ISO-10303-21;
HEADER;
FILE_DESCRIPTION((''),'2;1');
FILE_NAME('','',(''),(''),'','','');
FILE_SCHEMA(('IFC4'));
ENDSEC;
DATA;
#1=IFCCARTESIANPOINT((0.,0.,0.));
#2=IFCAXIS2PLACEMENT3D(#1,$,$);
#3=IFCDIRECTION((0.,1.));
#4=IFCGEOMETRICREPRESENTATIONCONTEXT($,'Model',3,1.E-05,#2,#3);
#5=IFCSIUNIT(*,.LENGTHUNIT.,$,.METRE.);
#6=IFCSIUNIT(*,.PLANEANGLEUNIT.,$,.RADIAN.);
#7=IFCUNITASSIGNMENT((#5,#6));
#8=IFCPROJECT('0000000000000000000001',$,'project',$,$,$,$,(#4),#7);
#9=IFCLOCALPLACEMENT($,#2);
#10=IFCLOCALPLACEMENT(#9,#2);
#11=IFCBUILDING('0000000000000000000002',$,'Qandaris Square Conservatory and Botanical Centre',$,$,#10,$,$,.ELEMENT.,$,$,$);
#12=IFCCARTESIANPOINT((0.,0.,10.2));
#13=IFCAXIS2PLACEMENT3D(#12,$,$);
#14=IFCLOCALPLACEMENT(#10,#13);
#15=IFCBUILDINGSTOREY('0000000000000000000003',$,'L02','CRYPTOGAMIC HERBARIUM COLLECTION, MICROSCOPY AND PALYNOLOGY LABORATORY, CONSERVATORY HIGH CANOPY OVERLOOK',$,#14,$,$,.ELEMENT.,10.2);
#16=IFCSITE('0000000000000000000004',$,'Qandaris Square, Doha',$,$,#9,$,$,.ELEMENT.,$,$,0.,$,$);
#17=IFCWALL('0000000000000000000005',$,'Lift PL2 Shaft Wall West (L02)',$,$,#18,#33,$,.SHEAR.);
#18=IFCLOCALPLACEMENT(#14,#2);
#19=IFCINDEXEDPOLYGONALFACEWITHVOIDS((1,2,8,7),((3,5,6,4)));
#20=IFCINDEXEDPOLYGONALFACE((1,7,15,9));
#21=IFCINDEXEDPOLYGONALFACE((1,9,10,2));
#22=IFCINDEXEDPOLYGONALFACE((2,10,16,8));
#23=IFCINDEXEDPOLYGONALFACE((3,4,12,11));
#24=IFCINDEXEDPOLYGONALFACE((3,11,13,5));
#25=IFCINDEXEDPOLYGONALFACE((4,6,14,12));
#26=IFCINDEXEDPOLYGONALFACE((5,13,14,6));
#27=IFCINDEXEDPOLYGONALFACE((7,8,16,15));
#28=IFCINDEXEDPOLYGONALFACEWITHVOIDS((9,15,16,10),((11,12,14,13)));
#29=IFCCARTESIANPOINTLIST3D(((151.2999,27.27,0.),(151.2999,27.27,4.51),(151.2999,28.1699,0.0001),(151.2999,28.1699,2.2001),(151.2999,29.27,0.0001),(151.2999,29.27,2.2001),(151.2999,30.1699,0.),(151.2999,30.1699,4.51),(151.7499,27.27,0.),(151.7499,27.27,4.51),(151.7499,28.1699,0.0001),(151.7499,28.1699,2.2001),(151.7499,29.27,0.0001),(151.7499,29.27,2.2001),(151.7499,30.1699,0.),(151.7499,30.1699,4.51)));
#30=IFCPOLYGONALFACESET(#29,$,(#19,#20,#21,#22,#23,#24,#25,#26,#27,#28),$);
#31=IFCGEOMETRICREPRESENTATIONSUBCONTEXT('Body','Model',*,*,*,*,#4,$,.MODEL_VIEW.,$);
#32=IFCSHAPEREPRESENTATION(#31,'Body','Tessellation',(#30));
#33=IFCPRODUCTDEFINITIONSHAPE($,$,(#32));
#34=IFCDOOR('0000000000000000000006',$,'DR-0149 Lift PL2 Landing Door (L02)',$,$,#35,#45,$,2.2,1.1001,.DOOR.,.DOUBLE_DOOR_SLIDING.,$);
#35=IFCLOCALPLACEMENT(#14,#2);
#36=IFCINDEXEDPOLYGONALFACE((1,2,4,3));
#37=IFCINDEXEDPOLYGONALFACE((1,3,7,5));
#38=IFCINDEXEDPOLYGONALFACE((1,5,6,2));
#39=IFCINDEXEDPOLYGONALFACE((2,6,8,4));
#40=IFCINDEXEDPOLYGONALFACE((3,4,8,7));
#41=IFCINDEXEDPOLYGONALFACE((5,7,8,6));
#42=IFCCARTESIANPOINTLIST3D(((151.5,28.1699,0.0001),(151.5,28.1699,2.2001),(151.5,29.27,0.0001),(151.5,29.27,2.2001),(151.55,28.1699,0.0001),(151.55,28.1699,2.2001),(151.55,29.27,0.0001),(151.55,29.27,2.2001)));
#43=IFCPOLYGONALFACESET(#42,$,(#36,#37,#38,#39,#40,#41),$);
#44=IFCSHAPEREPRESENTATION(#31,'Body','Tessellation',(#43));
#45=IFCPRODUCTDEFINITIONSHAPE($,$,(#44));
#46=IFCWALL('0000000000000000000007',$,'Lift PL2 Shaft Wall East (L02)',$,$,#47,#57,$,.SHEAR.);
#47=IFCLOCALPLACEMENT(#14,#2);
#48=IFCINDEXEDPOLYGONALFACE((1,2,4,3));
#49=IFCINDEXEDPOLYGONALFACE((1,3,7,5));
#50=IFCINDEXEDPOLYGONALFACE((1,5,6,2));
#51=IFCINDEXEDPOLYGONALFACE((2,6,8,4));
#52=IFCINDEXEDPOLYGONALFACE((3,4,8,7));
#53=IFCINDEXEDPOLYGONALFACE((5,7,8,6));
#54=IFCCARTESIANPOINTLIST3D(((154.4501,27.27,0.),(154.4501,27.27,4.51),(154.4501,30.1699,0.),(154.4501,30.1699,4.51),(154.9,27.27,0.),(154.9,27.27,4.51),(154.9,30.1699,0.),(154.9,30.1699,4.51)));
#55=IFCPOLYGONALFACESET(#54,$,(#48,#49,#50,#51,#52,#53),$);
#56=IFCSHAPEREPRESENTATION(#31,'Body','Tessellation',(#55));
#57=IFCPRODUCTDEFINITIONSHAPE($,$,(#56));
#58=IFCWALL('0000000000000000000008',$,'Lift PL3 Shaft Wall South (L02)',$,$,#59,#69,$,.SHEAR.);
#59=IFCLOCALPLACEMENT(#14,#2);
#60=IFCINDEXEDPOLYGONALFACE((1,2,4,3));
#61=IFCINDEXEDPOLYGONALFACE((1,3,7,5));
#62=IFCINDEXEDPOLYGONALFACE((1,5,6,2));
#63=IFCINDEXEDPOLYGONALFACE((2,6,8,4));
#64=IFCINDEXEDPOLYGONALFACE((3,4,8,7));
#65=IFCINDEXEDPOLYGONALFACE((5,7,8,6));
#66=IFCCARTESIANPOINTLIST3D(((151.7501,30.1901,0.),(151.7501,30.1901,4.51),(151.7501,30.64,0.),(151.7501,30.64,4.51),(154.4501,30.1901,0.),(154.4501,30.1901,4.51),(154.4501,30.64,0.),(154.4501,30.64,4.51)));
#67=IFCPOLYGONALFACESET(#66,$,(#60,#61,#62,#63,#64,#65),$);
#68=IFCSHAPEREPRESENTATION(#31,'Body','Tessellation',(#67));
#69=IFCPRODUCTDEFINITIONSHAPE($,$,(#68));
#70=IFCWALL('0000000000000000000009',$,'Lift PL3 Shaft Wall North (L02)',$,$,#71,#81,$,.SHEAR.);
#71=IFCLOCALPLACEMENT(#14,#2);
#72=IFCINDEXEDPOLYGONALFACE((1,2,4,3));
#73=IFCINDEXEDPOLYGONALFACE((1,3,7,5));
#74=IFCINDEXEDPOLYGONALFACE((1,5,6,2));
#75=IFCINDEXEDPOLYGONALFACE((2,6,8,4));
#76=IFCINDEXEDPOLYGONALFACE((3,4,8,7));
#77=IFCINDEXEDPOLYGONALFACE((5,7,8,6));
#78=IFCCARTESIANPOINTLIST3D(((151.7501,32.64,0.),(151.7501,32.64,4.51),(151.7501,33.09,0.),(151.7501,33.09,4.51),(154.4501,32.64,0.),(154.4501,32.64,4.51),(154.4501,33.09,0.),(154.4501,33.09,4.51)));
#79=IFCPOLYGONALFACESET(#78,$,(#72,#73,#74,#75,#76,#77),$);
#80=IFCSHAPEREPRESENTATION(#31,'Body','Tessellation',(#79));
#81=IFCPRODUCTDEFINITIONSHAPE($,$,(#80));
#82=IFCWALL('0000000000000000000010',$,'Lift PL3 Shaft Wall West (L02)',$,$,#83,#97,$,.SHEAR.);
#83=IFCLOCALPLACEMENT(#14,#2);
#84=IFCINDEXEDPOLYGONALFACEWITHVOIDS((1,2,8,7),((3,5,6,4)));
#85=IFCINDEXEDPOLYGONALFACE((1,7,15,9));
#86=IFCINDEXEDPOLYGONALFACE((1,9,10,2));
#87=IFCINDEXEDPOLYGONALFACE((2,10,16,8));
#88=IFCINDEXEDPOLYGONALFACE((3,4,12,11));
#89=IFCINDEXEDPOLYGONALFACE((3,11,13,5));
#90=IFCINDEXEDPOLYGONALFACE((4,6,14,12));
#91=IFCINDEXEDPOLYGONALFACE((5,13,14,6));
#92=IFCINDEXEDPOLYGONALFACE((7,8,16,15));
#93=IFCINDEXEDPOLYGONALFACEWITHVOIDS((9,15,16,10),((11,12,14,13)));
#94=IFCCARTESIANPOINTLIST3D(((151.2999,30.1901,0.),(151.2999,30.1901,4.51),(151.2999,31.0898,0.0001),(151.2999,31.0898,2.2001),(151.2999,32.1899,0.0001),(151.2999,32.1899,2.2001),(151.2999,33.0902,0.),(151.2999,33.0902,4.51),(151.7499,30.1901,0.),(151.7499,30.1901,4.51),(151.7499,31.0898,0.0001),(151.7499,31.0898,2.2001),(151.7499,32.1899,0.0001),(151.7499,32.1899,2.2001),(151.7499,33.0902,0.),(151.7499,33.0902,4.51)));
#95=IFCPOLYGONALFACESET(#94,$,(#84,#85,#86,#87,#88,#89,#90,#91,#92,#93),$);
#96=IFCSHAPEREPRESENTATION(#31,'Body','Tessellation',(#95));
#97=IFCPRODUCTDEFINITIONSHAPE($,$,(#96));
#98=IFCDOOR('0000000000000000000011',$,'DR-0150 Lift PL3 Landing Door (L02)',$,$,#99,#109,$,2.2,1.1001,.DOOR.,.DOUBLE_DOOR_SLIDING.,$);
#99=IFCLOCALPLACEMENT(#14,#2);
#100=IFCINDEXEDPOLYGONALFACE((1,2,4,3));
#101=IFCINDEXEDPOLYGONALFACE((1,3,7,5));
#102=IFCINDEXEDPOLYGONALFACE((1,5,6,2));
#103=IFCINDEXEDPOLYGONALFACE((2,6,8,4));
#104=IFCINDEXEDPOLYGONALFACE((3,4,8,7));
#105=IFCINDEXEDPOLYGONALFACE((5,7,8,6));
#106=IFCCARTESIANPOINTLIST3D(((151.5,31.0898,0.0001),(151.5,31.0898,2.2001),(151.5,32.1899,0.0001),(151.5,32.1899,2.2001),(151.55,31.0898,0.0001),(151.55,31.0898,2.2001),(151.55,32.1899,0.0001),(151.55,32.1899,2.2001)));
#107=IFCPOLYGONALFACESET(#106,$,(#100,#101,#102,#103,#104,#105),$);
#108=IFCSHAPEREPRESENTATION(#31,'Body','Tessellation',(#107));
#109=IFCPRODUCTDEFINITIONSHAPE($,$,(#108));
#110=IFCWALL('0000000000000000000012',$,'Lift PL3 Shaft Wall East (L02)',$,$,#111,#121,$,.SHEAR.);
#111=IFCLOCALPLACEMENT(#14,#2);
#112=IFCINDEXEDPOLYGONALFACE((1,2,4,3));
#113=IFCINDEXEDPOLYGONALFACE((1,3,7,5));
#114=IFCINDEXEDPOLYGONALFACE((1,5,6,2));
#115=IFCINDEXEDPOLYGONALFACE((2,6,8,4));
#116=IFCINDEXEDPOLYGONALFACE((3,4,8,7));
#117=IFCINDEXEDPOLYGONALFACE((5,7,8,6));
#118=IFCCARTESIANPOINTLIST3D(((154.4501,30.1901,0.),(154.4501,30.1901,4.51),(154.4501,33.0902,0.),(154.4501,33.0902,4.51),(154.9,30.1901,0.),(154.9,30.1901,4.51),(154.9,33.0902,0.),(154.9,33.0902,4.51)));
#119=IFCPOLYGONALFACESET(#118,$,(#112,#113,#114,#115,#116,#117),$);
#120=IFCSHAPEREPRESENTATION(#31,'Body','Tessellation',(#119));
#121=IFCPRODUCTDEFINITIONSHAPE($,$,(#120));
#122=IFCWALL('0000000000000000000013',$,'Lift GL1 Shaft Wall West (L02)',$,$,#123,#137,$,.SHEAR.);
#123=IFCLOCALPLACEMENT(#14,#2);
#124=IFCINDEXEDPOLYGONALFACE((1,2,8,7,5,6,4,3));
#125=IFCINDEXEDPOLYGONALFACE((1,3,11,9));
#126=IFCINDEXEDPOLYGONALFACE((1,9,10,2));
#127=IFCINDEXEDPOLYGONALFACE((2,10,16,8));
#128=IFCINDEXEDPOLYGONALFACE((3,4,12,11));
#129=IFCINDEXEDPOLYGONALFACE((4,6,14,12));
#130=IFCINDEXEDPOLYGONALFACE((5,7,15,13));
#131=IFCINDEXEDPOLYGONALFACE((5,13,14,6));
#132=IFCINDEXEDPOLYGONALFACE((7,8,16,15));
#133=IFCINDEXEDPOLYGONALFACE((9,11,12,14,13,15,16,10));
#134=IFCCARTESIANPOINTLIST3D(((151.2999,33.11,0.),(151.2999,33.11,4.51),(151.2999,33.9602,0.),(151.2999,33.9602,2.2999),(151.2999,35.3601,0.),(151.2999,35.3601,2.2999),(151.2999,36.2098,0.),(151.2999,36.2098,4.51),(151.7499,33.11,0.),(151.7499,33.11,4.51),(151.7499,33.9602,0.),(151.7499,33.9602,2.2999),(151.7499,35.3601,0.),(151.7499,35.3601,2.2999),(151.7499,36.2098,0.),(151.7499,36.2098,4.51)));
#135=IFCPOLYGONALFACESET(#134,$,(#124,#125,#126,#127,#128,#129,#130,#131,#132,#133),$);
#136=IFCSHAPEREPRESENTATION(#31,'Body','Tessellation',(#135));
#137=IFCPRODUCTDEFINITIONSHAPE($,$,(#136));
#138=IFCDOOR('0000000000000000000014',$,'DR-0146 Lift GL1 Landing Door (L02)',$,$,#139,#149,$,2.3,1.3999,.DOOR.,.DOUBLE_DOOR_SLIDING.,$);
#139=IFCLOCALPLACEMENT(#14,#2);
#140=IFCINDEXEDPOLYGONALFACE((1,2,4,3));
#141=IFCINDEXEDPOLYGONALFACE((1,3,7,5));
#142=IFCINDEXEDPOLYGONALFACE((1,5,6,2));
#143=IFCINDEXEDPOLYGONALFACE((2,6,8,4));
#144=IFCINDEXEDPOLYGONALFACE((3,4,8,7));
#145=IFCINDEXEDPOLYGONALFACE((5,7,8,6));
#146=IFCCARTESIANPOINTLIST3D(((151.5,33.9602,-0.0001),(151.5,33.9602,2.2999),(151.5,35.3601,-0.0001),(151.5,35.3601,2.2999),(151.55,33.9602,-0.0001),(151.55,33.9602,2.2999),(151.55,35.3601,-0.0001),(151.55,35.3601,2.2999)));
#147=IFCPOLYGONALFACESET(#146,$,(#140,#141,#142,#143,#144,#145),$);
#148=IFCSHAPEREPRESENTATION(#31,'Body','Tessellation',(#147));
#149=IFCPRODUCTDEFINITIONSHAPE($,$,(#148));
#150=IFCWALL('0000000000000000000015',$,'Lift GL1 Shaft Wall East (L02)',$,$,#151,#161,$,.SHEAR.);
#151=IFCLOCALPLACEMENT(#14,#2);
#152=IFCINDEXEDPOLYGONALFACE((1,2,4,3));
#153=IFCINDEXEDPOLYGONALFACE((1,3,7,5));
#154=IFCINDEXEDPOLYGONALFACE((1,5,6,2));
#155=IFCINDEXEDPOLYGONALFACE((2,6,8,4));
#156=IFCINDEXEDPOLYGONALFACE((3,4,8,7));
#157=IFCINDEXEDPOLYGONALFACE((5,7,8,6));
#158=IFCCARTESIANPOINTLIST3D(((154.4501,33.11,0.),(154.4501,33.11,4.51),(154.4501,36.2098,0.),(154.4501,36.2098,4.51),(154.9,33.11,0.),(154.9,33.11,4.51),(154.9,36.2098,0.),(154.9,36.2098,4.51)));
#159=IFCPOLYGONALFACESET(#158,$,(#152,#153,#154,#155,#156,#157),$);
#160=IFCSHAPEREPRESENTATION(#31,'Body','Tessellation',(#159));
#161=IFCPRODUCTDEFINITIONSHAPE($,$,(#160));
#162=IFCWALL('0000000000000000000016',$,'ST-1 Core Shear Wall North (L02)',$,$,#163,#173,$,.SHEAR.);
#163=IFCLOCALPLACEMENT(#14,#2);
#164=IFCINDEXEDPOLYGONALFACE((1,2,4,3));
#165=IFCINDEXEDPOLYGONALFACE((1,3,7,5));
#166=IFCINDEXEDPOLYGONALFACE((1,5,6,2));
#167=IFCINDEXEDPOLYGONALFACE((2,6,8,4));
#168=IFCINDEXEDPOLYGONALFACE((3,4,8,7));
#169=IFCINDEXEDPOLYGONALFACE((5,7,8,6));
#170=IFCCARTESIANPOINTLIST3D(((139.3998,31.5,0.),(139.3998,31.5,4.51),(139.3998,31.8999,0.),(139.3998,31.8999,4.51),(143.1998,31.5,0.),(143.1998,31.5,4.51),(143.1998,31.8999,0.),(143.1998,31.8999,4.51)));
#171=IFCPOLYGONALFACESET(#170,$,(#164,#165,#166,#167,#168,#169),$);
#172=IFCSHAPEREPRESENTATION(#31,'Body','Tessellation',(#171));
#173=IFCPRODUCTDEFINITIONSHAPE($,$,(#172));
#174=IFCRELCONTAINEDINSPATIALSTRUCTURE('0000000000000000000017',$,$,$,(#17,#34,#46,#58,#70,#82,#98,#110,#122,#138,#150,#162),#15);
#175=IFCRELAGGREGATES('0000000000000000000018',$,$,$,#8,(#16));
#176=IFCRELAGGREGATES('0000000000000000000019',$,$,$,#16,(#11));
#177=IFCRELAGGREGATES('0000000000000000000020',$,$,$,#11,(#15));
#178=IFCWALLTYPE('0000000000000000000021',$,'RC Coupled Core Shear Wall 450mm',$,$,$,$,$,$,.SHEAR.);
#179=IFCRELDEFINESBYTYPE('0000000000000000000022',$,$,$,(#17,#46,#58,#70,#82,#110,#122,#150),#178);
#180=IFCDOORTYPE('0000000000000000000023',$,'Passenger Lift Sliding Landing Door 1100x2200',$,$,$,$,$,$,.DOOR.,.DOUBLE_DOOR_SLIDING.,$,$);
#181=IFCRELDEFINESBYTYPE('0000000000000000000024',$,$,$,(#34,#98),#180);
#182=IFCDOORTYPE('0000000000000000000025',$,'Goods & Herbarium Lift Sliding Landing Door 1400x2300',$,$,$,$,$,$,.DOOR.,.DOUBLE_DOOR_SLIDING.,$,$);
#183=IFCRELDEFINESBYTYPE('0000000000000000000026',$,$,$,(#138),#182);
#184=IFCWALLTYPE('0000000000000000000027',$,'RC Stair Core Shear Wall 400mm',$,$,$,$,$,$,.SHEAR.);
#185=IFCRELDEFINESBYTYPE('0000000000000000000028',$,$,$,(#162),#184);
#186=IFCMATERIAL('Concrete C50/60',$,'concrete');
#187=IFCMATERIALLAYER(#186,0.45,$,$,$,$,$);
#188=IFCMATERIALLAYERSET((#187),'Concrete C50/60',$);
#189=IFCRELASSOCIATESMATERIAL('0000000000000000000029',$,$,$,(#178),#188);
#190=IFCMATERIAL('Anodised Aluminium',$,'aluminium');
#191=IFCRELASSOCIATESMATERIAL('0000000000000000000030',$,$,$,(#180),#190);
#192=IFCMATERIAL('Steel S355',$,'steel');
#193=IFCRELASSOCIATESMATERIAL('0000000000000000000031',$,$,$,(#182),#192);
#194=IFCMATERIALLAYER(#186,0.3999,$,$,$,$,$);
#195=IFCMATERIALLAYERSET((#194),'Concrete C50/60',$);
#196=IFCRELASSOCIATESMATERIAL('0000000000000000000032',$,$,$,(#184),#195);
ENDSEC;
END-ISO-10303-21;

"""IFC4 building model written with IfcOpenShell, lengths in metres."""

from ifc_helpers import new_model, si_unit, direction, frame, frame_2d, origin, place, context, subcontext, project, spatial, rectangle, extrude, material, layer, layer_set, type_object, element, fill, save


model = new_model("IFC4")

# Units and contexts
model_context = context("Model", 3, precision=1e-05, world=origin(), true_north=direction((0.0, 1.0)))
body_context = subcontext(model_context, "Body", "Model", "MODEL_VIEW")
ifc_project = project(units=[si_unit("LENGTHUNIT", "METRE"), si_unit("PLANEANGLEUNIT", "RADIAN")], contexts=[model_context])

# Site, building, storey
site_placement = place(None, origin())
site = spatial("IfcSite", under=ifc_project, at=site_placement, Name="Qandaris Square, Doha", CompositionType="ELEMENT", RefElevation=0.0)
building_placement = place(site_placement, origin())
building = spatial("IfcBuilding", under=site, at=building_placement, Name="Qandaris Square Conservatory and Botanical Centre", CompositionType="ELEMENT")
storey_placement = place(building_placement, frame((0.0, 0.0, 10.2)))
storey = spatial("IfcBuildingStorey", under=building, at=storey_placement, Name="L02", Description="CRYPTOGAMIC HERBARIUM COLLECTION, MICROSCOPY AND PALYNOLOGY LABORATORY, CONSERVATORY HIGH CANOPY OVERLOOK", CompositionType="ELEMENT", Elevation=10.2)

# Shared definitions
ifc_material_1 = material(Name="Concrete C50/60", Category="concrete")

# Shared definitions
ifc_material_2 = material(Name="Steel S355", Category="steel")

# Shared definitions
ifc_layer_1 = layer(ifc_material_1, 0.45)
ifc_layer_set_1 = layer_set([ifc_layer_1], Name="Concrete C50/60")
wall_type_1 = type_object("IfcWallType", Name="RC Coupled Core Shear Wall 450mm", PredefinedType="SHEAR", material=ifc_layer_set_1)

# Wall, opening, door
wall_1_placement = place(storey_placement, frame((151.5249, 27.27, 0.0), z_axis=(0.0, 0.0, 1.0), x_axis=(0.0, 1.0, 0.0)))
wall_1 = element("IfcWall", 1, at=wall_1_placement, inside=storey, type_object=wall_type_1, Name="Lift PL2 Shaft Wall West (L02)", PredefinedType="SHEAR", context=body_context, shape_type="SweptSolid", body=[
    extrude(rectangle(XDim=2.8999, YDim=0.45, at=frame_2d((1.45, 0.0))), origin(), (0.0, 0.0, 1.0), 4.51),
])
opening_1_placement = place(wall_1_placement, frame((0.8999, 0.0, 0.0)))
opening_1 = element("IfcOpeningElement", 2, at=opening_1_placement, cuts=wall_1, PredefinedType="OPENING", context=body_context, shape_type="SweptSolid", body=[
    extrude(rectangle(XDim=1.1001, YDim=2.2, at=frame_2d((0.55, 1.1001))), frame((0.0, 0.2368, 0.0), z_axis=(0.0, -1.0, 0.0), x_axis=(1.0, 0.0, 0.0)), (0.0, 0.0, 1.0), 0.4739),
])
ifc_material_3 = material(Name="Anodised Aluminium", Category="aluminium")
door_type_1 = type_object("IfcDoorType", Name="Passenger Lift Sliding Landing Door 1100x2200", OperationType="DOUBLE_DOOR_SLIDING", PredefinedType="DOOR", material=ifc_material_3)
door_1_placement = place(opening_1_placement, origin())
door_1 = element("IfcDoor", 3, at=door_1_placement, inside=storey, type_object=door_type_1, Name="DR-0149 Lift PL2 Landing Door (L02)", OperationType="DOUBLE_DOOR_SLIDING", OverallHeight=2.2, OverallWidth=1.1001, PredefinedType="DOOR", context=body_context, shape_type="SweptSolid", body=[
    extrude(rectangle(XDim=1.1001, YDim=2.2, at=frame_2d((0.55, 1.1001))), frame((0.0, 0.0249, 0.0), z_axis=(0.0, -1.0, 0.0), x_axis=(1.0, 0.0, 0.0)), (0.0, 0.0, 1.0), 0.05),
])
fill(opening_1, door_1)

# Walls
wall_2_placement = place(storey_placement, frame((154.675, 27.27, 0.0), z_axis=(0.0, 0.0, 1.0), x_axis=(0.0, 1.0, 0.0)))
element("IfcWall", 4, at=wall_2_placement, inside=storey, type_object=wall_type_1, Name="Lift PL2 Shaft Wall East (L02)", PredefinedType="SHEAR", context=body_context, shape_type="SweptSolid", body=[
    extrude(rectangle(XDim=2.8999, YDim=0.45, at=frame_2d((1.45, 0.0))), origin(), (0.0, 0.0, 1.0), 4.51),
])
for number, where, z_axis, x_axis, name in (
    (5, (151.75, 30.415, 0.0), (0.0, 0.0, 1.0), (1.0, 0.0, 0.0), "Lift PL3 Shaft Wall South (L02)"),
    (6, (151.75, 32.865, 0.0), (0.0, 0.0, 1.0), (1.0, 0.0, 0.0), "Lift PL3 Shaft Wall North (L02)"),
):
    element("IfcWall", number, at=place(storey_placement, frame(where, z_axis=z_axis, x_axis=x_axis)), inside=storey, type_object=wall_type_1, Name=name, PredefinedType="SHEAR", context=body_context, shape_type="SweptSolid", body=[
        extrude(rectangle(XDim=2.7, YDim=0.45, at=frame_2d((1.3501, 0.0))), origin(), (0.0, 0.0, 1.0), 4.51),
    ])

# Wall, opening, door
wall_3_placement = place(storey_placement, frame((151.5249, 30.1899, 0.0), z_axis=(0.0, 0.0, 1.0), x_axis=(0.0, 1.0, 0.0)))
wall_3 = element("IfcWall", 7, at=wall_3_placement, inside=storey, type_object=wall_type_1, Name="Lift PL3 Shaft Wall West (L02)", PredefinedType="SHEAR", context=body_context, shape_type="SweptSolid", body=[
    extrude(rectangle(XDim=2.9001, YDim=0.45, at=frame_2d((1.4502, 0.0))), origin(), (0.0, 0.0, 1.0), 4.51),
])
opening_2_placement = place(wall_3_placement, frame((0.8999, 0.0, 0.0)))
opening_2 = element("IfcOpeningElement", 8, at=opening_2_placement, cuts=wall_3, PredefinedType="OPENING", context=body_context, shape_type="SweptSolid", body=[
    extrude(rectangle(XDim=1.1001, YDim=2.2, at=frame_2d((0.55, 1.1001))), frame((0.0, 0.2368, 0.0), z_axis=(0.0, -1.0, 0.0), x_axis=(1.0, 0.0, 0.0)), (0.0, 0.0, 1.0), 0.4739),
])
door_2_placement = place(opening_2_placement, origin())
door_2 = element("IfcDoor", 9, at=door_2_placement, inside=storey, type_object=door_type_1, Name="DR-0150 Lift PL3 Landing Door (L02)", OperationType="DOUBLE_DOOR_SLIDING", OverallHeight=2.2, OverallWidth=1.1001, PredefinedType="DOOR", context=body_context, shape_type="SweptSolid", body=[
    extrude(rectangle(XDim=1.1001, YDim=2.2, at=frame_2d((0.55, 1.1001))), frame((0.0, 0.0249, 0.0), z_axis=(0.0, -1.0, 0.0), x_axis=(1.0, 0.0, 0.0)), (0.0, 0.0, 1.0), 0.05),
])
fill(opening_2, door_2)

# Wall
wall_4_placement = place(storey_placement, frame((154.675, 30.1899, 0.0), z_axis=(0.0, 0.0, 1.0), x_axis=(0.0, 1.0, 0.0)))
element("IfcWall", 10, at=wall_4_placement, inside=storey, type_object=wall_type_1, Name="Lift PL3 Shaft Wall East (L02)", PredefinedType="SHEAR", context=body_context, shape_type="SweptSolid", body=[
    extrude(rectangle(XDim=2.9001, YDim=0.45, at=frame_2d((1.4502, 0.0))), origin(), (0.0, 0.0, 1.0), 4.51),
])

# Wall, opening, door
wall_5_placement = place(storey_placement, frame((151.5249, 33.1101, 0.0), z_axis=(0.0, 0.0, 1.0), x_axis=(0.0, 1.0, 0.0)))
wall_5 = element("IfcWall", 11, at=wall_5_placement, inside=storey, type_object=wall_type_1, Name="Lift GL1 Shaft Wall West (L02)", PredefinedType="SHEAR", context=body_context, shape_type="SweptSolid", body=[
    extrude(rectangle(XDim=3.0999, YDim=0.45, at=frame_2d((1.5498, 0.0))), origin(), (0.0, 0.0, 1.0), 4.51),
])
opening_3_placement = place(wall_5_placement, frame((0.8501, 0.0, 0.0)))
opening_3 = element("IfcOpeningElement", 12, at=opening_3_placement, cuts=wall_5, PredefinedType="OPENING", context=body_context, shape_type="SweptSolid", body=[
    extrude(rectangle(XDim=1.3999, YDim=2.3, at=frame_2d((0.7, 1.1499))), frame((0.0, 0.2368, 0.0), z_axis=(0.0, -1.0, 0.0), x_axis=(1.0, 0.0, 0.0)), (0.0, 0.0, 1.0), 0.4739),
])
door_type_2 = type_object("IfcDoorType", Name="Goods & Herbarium Lift Sliding Landing Door 1400x2300", OperationType="DOUBLE_DOOR_SLIDING", PredefinedType="DOOR", material=ifc_material_2)
door_3_placement = place(opening_3_placement, origin())
door_3 = element("IfcDoor", 13, at=door_3_placement, inside=storey, type_object=door_type_2, Name="DR-0146 Lift GL1 Landing Door (L02)", OperationType="DOUBLE_DOOR_SLIDING", OverallHeight=2.3, OverallWidth=1.3999, PredefinedType="DOOR", context=body_context, shape_type="SweptSolid", body=[
    extrude(rectangle(XDim=1.3999, YDim=2.3, at=frame_2d((0.7, 1.1499))), frame((0.0, 0.0249, 0.0), z_axis=(0.0, -1.0, 0.0), x_axis=(1.0, 0.0, 0.0)), (0.0, 0.0, 1.0), 0.05),
])
fill(opening_3, door_3)

# Walls
wall_6_placement = place(storey_placement, frame((154.675, 33.1101, 0.0), z_axis=(0.0, 0.0, 1.0), x_axis=(0.0, 1.0, 0.0)))
element("IfcWall", 14, at=wall_6_placement, inside=storey, type_object=wall_type_1, Name="Lift GL1 Shaft Wall East (L02)", PredefinedType="SHEAR", context=body_context, shape_type="SweptSolid", body=[
    extrude(rectangle(XDim=3.0999, YDim=0.45, at=frame_2d((1.5498, 0.0))), origin(), (0.0, 0.0, 1.0), 4.51),
])
ifc_layer_2 = layer(ifc_material_1, 0.3999)
ifc_layer_set_2 = layer_set([ifc_layer_2], Name="Concrete C50/60")
wall_type_2 = type_object("IfcWallType", Name="RC Stair Core Shear Wall 400mm", PredefinedType="SHEAR", material=ifc_layer_set_2)
wall_7_placement = place(storey_placement, frame((139.3999, 31.7, 0.0), z_axis=(0.0, 0.0, 1.0), x_axis=(1.0, 0.0, 0.0)))
element("IfcWall", 15, at=wall_7_placement, inside=storey, type_object=wall_type_2, Name="ST-1 Core Shear Wall North (L02)", PredefinedType="SHEAR", context=body_context, shape_type="SweptSolid", body=[
    extrude(rectangle(XDim=3.8, YDim=0.3999, at=frame_2d((1.8999, 0.0))), origin(), (0.0, 0.0, 1.0), 4.51),
])

save(model, "model.ifc")
